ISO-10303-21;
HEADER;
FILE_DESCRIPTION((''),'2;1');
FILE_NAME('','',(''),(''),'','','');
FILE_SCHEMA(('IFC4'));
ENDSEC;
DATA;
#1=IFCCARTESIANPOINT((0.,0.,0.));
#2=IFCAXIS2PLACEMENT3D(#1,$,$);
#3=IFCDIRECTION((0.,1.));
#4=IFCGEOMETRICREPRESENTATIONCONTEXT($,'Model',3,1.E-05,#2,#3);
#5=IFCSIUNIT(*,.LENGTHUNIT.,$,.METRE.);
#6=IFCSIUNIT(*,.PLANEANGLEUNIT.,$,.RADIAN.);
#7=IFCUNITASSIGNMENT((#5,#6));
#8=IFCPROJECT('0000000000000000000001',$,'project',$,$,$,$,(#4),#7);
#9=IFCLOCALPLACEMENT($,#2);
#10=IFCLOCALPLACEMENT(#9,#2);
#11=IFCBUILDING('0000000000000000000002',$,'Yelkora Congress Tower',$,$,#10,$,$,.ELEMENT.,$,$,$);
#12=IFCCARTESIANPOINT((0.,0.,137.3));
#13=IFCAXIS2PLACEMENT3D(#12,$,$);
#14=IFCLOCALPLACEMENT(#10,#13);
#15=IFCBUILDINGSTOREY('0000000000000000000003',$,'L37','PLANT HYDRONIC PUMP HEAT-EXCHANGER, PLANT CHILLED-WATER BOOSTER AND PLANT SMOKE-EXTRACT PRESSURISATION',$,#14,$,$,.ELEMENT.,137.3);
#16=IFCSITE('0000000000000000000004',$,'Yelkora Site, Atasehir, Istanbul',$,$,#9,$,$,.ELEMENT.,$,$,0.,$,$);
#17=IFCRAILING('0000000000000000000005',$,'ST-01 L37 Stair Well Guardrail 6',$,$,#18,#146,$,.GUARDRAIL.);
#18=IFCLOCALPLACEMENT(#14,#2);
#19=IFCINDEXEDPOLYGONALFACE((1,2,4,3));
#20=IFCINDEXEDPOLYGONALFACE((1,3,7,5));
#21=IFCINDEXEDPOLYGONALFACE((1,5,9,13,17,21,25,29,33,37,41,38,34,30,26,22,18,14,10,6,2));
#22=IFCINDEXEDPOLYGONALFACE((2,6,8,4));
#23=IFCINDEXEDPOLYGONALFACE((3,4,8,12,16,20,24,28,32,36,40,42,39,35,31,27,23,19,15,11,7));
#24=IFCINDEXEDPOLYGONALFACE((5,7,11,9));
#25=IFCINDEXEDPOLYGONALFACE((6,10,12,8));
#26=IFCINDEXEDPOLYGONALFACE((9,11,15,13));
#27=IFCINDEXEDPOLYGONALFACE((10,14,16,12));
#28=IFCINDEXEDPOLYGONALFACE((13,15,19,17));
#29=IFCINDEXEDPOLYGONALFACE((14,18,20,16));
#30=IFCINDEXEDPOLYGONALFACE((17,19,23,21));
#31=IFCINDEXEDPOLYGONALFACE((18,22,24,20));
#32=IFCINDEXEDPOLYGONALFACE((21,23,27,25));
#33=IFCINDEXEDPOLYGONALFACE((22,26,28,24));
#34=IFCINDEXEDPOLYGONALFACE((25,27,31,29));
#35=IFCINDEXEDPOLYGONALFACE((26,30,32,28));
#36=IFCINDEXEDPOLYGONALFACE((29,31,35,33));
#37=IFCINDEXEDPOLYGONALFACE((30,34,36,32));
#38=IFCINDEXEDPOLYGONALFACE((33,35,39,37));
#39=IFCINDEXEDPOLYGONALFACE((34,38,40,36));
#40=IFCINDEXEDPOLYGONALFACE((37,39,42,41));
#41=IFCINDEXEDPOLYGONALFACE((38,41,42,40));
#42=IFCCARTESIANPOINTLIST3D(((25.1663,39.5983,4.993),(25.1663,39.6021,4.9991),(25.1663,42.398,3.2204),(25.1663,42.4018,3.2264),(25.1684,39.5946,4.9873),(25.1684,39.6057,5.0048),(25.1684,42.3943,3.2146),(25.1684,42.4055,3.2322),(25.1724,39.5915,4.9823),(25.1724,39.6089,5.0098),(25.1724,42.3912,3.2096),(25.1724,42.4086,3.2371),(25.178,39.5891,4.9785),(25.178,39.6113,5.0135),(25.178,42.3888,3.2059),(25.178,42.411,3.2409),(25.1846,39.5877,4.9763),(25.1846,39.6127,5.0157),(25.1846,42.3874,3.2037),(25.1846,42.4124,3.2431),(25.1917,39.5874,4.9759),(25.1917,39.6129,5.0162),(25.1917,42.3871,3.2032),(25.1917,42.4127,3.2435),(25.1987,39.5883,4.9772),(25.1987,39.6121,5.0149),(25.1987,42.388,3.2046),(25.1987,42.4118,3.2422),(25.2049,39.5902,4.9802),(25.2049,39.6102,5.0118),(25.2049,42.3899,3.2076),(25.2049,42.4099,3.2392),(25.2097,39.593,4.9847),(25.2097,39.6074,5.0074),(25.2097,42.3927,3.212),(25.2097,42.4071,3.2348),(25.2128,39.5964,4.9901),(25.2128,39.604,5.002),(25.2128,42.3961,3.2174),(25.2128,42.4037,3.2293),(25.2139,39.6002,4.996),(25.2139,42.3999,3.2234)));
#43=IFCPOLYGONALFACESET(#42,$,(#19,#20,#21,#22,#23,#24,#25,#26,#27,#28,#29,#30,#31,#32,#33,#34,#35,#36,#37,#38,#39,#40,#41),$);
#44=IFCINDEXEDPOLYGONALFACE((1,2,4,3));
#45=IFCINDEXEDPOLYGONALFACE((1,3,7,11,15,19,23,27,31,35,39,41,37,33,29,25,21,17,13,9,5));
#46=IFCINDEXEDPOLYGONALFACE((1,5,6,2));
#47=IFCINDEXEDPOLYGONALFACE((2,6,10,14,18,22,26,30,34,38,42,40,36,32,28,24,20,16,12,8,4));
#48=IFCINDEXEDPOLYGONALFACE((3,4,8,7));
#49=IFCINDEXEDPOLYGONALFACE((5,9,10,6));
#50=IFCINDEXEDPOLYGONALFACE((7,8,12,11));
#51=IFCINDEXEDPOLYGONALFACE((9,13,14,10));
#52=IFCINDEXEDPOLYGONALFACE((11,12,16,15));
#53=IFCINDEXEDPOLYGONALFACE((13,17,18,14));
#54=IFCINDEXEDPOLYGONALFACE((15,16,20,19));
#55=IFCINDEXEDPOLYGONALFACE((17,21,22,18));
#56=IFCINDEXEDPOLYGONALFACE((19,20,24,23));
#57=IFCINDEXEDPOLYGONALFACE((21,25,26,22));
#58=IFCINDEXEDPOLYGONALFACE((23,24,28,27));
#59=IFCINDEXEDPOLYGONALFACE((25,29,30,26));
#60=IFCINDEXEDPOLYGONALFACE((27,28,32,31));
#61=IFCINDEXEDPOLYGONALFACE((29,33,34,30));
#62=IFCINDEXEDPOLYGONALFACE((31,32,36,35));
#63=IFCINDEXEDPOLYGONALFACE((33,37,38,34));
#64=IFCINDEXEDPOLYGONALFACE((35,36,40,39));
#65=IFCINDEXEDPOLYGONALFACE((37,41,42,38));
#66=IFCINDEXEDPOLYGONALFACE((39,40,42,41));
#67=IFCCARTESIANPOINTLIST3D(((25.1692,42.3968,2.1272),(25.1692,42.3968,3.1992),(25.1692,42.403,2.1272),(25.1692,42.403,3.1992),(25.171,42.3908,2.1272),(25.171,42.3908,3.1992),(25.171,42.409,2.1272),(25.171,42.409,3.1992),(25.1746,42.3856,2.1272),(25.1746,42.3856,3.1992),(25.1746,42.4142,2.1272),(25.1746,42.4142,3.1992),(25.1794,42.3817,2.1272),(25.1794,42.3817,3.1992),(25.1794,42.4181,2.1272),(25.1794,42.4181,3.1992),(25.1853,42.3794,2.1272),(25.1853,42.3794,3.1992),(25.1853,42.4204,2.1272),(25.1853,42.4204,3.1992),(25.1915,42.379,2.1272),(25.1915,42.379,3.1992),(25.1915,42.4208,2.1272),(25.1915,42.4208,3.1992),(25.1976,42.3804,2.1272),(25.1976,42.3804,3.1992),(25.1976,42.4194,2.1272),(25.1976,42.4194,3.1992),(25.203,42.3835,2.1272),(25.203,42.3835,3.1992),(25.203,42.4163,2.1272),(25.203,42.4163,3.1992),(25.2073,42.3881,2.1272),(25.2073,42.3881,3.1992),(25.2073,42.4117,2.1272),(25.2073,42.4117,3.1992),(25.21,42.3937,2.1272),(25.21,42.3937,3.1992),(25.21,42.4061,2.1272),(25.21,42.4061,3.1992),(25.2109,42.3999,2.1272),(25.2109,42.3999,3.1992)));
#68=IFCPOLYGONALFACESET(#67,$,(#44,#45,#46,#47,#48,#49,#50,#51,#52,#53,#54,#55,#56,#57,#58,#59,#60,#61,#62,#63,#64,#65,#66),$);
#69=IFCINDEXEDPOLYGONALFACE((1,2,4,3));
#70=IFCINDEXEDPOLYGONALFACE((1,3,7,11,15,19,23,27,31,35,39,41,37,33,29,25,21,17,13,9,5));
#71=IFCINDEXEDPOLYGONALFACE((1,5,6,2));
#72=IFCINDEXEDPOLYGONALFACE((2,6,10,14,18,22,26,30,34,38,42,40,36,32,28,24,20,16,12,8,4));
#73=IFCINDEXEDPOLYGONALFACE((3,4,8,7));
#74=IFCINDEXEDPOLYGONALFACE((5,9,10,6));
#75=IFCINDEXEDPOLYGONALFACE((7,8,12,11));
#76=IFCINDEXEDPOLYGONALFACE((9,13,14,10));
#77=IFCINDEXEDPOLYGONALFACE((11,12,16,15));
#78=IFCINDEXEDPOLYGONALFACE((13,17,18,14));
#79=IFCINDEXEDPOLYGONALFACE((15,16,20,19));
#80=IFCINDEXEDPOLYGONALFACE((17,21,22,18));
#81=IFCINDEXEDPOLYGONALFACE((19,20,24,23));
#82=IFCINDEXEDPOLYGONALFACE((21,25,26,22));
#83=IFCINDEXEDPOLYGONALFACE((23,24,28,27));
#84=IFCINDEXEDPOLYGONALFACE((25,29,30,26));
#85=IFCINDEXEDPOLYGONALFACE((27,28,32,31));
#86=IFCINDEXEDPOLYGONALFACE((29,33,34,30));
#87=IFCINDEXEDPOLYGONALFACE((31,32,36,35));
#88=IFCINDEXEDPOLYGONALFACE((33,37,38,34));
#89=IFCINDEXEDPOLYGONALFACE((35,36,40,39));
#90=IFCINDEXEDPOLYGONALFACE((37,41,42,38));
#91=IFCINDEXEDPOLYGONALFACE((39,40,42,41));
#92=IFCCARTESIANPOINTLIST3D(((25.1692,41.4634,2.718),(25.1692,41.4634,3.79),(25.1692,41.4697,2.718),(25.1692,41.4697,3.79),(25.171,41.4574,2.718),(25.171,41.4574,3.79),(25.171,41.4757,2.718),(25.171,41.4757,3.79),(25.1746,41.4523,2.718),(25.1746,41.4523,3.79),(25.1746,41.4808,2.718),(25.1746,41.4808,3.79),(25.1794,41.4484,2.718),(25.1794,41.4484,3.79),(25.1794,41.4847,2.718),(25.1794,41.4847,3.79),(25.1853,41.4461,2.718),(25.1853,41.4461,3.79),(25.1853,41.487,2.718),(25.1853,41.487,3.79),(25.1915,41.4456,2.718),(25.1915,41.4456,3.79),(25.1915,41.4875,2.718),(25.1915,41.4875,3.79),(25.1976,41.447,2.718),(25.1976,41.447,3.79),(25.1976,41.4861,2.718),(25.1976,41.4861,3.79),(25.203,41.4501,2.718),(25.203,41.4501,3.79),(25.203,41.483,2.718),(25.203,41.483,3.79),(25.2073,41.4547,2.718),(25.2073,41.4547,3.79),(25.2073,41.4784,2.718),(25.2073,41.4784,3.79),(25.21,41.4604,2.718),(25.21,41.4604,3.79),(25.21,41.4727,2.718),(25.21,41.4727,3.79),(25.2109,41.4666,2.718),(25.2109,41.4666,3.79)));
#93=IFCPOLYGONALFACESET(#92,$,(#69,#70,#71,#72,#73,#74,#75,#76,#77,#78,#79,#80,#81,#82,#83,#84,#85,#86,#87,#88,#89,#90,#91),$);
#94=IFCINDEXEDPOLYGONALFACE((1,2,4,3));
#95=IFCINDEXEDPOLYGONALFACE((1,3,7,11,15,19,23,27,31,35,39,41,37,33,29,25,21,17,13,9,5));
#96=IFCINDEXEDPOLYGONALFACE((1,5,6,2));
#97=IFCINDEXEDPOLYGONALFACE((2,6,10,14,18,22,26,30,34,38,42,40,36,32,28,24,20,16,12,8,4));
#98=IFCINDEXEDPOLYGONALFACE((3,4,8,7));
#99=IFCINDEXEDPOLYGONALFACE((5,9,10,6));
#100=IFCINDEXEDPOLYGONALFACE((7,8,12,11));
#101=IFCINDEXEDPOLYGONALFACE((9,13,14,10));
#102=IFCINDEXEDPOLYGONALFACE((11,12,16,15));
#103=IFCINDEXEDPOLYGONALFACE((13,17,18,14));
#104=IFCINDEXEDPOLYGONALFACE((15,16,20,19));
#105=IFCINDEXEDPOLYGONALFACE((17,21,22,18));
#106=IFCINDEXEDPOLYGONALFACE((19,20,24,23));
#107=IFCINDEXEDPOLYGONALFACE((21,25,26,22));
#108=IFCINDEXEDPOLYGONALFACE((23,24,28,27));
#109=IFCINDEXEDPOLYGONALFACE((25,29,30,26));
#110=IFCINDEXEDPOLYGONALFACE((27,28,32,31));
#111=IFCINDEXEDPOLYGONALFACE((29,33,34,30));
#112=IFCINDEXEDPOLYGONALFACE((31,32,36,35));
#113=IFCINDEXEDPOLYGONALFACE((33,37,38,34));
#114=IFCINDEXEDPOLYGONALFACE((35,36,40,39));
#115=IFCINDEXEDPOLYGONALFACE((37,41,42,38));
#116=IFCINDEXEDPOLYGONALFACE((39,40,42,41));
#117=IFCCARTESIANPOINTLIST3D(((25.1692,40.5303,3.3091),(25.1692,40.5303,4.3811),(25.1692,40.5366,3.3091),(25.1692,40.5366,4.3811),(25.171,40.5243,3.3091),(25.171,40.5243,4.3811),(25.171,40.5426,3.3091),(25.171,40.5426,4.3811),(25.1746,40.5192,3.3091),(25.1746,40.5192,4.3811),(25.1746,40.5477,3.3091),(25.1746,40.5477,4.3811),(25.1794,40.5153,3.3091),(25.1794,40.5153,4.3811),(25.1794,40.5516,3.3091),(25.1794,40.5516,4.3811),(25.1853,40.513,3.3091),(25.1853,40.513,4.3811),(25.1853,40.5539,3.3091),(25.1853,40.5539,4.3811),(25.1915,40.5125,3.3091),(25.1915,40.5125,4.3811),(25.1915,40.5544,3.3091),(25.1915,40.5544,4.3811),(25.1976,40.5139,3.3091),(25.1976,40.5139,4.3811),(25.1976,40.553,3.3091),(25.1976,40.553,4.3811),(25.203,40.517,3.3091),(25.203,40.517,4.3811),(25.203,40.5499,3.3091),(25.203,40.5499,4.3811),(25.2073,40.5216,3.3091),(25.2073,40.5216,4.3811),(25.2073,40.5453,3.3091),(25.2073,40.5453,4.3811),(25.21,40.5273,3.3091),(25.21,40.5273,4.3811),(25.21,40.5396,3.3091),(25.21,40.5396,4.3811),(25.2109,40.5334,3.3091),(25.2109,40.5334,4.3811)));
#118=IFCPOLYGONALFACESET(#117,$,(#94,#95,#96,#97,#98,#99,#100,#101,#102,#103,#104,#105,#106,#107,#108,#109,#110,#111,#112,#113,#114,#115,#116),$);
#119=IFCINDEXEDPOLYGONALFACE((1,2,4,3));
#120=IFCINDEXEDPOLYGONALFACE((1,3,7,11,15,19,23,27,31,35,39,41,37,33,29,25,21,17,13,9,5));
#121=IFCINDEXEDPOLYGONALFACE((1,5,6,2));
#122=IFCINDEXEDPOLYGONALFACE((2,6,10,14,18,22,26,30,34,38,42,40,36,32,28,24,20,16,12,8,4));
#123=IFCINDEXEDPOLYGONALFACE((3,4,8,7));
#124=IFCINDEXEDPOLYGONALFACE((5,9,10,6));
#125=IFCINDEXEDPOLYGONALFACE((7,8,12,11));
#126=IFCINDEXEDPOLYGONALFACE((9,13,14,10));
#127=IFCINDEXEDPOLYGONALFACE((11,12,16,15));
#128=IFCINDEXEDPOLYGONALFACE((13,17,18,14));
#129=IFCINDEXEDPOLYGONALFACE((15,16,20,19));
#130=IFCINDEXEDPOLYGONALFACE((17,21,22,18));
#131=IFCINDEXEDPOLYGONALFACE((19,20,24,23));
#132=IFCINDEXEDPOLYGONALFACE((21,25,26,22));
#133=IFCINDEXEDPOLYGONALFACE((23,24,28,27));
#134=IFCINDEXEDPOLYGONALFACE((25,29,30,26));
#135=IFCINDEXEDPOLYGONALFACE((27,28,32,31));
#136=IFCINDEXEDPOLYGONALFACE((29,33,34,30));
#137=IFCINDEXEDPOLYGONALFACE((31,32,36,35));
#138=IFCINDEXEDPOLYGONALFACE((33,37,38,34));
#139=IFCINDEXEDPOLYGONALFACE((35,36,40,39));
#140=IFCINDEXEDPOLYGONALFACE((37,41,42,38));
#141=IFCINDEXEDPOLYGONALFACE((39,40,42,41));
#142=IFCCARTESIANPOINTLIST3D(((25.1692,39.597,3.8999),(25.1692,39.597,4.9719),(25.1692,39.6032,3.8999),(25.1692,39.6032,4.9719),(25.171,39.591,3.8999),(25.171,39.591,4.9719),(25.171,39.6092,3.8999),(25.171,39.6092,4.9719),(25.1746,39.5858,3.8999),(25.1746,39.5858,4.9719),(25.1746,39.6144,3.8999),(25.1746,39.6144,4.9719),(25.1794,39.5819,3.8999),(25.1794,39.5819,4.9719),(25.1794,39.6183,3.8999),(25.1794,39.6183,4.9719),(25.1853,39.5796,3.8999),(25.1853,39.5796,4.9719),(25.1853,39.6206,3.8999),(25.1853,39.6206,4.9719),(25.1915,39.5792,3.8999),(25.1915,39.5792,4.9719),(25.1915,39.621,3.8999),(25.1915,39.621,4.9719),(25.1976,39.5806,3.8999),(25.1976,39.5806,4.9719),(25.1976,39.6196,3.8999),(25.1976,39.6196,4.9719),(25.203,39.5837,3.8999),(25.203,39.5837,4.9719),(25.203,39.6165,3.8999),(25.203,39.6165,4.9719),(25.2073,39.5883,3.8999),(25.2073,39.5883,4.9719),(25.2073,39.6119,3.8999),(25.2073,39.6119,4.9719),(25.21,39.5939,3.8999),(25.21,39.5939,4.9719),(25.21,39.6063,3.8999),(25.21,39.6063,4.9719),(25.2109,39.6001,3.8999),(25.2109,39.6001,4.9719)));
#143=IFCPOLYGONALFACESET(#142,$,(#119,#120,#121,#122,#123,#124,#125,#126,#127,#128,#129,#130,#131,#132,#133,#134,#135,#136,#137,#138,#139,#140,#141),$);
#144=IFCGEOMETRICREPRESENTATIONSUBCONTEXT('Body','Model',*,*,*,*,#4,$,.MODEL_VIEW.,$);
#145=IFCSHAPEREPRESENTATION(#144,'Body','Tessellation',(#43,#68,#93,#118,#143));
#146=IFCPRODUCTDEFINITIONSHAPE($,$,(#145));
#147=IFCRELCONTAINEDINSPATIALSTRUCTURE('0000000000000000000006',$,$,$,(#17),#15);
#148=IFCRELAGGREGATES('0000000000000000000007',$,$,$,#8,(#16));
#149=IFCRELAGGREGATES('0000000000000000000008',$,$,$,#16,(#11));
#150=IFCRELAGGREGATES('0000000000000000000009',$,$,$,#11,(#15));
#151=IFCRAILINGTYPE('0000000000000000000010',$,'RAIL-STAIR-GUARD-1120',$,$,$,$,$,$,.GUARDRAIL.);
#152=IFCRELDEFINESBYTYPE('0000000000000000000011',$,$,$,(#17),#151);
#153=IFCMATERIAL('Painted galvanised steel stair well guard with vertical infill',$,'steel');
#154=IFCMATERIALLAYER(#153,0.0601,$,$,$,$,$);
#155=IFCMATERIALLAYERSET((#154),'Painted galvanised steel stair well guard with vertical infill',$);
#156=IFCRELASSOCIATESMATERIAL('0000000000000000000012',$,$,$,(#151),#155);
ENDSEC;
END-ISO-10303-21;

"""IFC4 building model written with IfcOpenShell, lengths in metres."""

from ifc_helpers import new_model, si_unit, direction, frame, origin, origin_2d, place, context, subcontext, project, spatial, circle, extrude, material, layer, layer_set, type_object, element, save


model = new_model("IFC4")

# Units and contexts
model_context = context("Model", 3, precision=1e-05, world=origin(), true_north=direction((0.0, 1.0)))
body_context = subcontext(model_context, "Body", "Model", "MODEL_VIEW")
ifc_project = project(units=[si_unit("LENGTHUNIT", "METRE"), si_unit("PLANEANGLEUNIT", "RADIAN")], contexts=[model_context])

# Site, building, storey
site_placement = place(None, origin())
site = spatial("IfcSite", under=ifc_project, at=site_placement, Name="Yelkora Site, Atasehir, Istanbul", CompositionType="ELEMENT", RefElevation=0.0)
building_placement = place(site_placement, origin())
building = spatial("IfcBuilding", under=site, at=building_placement, Name="Yelkora Congress Tower", CompositionType="ELEMENT")
storey_placement = place(building_placement, frame((0.0, 0.0, 137.3)))
storey = spatial("IfcBuildingStorey", under=building, at=storey_placement, Name="L37", Description="PLANT HYDRONIC PUMP HEAT-EXCHANGER, PLANT CHILLED-WATER BOOSTER AND PLANT SMOKE-EXTRACT PRESSURISATION", CompositionType="ELEMENT", Elevation=137.3)

# Railing
ifc_material_1 = material(Name="Painted galvanised steel stair well guard with vertical infill", Category="steel")
ifc_layer_1 = layer(ifc_material_1, 0.0601)
ifc_layer_set_1 = layer_set([ifc_layer_1], Name="Painted galvanised steel stair well guard with vertical infill")
railing_type_1 = type_object("IfcRailingType", Name="RAIL-STAIR-GUARD-1120", PredefinedType="GUARDRAIL", material=ifc_layer_set_1)
railing_1_placement = place(storey_placement, frame((25.1899, 42.3999, 2.1272)))
element("IfcRailing", 1, at=railing_1_placement, inside=storey, type_object=railing_type_1, Name="ST-01 L37 Stair Well Guardrail 6", PredefinedType="GUARDRAIL", context=body_context, shape_type="SweptSolid", body=[
    extrude(circle(Radius=0.0239, at=origin_2d()), frame((0.0, 0.0, 1.0962), z_axis=(0.0, -0.844888, 0.534943), x_axis=(1.0, 0.0, 0.0)), (0.0, 0.0, 1.0), 3.3137),
    extrude(circle(Radius=0.021, at=origin_2d()), origin(), (0.0, 0.0, 1.0), 1.072),
    extrude(circle(Radius=0.021, at=origin_2d()), frame((0.0, -0.9333, 0.5908)), (0.0, 0.0, 1.0), 1.072),
    extrude(circle(Radius=0.021, at=origin_2d()), frame((0.0, -1.8665, 1.1819)), (0.0, 0.0, 1.0), 1.072),
    extrude(circle(Radius=0.021, at=origin_2d()), frame((0.0, -2.7998, 1.7727)), (0.0, 0.0, 1.0), 1.072),
])

save(model, "model.ifc")
